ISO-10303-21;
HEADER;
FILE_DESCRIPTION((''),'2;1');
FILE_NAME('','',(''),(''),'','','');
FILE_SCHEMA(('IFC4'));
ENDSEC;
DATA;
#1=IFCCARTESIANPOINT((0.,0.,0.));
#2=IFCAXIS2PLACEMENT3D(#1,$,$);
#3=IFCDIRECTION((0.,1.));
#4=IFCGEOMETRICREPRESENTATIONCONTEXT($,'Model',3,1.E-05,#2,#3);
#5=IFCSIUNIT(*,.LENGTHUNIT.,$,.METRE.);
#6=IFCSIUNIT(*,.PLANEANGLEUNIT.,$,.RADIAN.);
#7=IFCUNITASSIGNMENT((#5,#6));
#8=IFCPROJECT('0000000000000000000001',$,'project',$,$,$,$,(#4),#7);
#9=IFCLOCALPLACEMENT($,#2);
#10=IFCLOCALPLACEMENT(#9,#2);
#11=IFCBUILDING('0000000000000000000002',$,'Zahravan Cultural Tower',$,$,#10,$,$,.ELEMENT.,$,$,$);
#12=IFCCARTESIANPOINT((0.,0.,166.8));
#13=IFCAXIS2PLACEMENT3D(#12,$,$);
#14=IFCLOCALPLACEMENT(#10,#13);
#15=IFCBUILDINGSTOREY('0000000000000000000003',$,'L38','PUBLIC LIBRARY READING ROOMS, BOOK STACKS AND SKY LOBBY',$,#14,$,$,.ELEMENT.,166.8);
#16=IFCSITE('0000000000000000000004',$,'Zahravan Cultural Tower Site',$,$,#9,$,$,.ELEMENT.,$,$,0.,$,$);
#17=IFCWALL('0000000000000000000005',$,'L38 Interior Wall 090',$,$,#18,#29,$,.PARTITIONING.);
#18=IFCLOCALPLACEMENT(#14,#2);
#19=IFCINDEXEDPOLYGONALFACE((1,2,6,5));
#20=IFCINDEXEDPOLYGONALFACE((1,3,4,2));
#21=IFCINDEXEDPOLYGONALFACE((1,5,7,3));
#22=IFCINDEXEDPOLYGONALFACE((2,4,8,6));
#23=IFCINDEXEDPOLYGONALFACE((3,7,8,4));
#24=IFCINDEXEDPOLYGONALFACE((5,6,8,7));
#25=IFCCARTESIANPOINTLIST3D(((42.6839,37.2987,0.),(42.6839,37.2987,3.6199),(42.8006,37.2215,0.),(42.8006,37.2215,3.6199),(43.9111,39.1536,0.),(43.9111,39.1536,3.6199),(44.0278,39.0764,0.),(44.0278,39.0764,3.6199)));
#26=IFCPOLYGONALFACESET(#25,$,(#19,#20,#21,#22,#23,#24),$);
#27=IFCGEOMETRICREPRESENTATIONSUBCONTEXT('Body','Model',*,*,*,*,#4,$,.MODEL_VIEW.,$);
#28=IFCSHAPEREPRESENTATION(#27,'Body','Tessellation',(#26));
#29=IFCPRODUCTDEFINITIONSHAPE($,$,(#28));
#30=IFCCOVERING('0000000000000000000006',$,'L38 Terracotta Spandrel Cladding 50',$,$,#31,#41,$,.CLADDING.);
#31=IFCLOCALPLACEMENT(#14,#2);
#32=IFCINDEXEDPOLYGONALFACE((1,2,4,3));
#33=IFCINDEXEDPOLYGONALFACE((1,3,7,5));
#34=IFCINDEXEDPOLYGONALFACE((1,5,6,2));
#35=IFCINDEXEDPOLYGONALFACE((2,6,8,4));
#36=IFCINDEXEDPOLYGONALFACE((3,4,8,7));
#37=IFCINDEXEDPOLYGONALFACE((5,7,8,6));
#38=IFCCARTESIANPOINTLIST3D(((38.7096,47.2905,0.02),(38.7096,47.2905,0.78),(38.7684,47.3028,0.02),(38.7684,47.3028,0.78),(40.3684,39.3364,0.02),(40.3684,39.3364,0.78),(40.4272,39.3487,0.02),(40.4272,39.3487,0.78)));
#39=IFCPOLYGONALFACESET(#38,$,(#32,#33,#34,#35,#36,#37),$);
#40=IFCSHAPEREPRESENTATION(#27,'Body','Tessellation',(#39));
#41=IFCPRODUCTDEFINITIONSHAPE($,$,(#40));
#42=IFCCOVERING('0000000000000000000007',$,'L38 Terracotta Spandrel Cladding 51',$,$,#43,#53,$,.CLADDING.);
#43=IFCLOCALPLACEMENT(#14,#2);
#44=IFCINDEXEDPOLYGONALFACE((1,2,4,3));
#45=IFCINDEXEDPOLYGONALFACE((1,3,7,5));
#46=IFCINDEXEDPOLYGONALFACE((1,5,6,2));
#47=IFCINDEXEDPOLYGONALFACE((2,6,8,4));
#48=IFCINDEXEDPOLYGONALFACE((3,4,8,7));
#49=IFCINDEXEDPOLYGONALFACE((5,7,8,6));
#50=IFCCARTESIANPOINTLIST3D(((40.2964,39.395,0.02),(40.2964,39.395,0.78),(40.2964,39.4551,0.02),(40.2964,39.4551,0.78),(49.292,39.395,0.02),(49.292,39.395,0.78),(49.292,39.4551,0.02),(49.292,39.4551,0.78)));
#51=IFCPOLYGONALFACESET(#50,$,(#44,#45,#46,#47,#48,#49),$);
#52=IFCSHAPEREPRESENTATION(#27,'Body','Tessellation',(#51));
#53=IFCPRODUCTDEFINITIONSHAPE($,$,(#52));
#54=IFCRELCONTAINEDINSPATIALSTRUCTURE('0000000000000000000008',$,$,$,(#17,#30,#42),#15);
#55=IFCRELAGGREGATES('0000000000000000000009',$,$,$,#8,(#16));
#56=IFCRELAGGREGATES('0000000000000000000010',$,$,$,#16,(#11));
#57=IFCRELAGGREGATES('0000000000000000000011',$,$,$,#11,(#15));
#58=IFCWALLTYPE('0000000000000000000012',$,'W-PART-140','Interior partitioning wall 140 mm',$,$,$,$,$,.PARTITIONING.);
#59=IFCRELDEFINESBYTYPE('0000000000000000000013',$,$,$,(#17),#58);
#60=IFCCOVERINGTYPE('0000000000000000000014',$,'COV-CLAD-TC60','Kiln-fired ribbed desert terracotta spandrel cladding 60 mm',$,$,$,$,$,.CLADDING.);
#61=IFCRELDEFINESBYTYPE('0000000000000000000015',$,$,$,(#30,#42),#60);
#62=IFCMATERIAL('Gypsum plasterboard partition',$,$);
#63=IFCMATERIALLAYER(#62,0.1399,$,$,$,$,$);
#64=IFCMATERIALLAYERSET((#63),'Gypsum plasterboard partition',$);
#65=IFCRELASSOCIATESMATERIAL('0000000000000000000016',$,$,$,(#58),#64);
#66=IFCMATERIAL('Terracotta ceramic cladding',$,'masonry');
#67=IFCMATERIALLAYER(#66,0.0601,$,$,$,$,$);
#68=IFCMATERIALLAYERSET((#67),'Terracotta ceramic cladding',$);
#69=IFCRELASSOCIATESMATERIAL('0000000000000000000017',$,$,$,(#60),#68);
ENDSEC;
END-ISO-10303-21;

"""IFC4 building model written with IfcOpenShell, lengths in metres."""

from ifc_helpers import new_model, si_unit, direction, frame, frame_2d, origin, origin_2d, place, context, subcontext, project, spatial, rectangle, extrude, source, transform, mapped, material, layer, layer_set, type_object, element, save


model = new_model("IFC4")

# Units and contexts
model_context = context("Model", 3, precision=1e-05, world=origin(), true_north=direction((0.0, 1.0)))
body_context = subcontext(model_context, "Body", "Model", "MODEL_VIEW")
ifc_project = project(units=[si_unit("LENGTHUNIT", "METRE"), si_unit("PLANEANGLEUNIT", "RADIAN")], contexts=[model_context])

# Site, building, storey
site_placement = place(None, origin())
site = spatial("IfcSite", under=ifc_project, at=site_placement, Name="Zahravan Cultural Tower Site", CompositionType="ELEMENT", RefElevation=0.0)
building_placement = place(site_placement, origin())
building = spatial("IfcBuilding", under=site, at=building_placement, Name="Zahravan Cultural Tower", CompositionType="ELEMENT")
storey_placement = place(building_placement, frame((0.0, 0.0, 166.8)))
storey = spatial("IfcBuildingStorey", under=building, at=storey_placement, Name="L38", Description="PUBLIC LIBRARY READING ROOMS, BOOK STACKS AND SKY LOBBY", CompositionType="ELEMENT", Elevation=166.8)

# Shared definitions
ifc_material_1 = material(Name="Gypsum plasterboard partition")
ifc_layer_1 = layer(ifc_material_1, 0.1399)
ifc_layer_set_1 = layer_set([ifc_layer_1], Name="Gypsum plasterboard partition")
wall_type_1 = type_object("IfcWallType", Name="W-PART-140", Description="Interior partitioning wall 140 mm", PredefinedType="PARTITIONING", material=ifc_layer_set_1)

# Wall
shared_shape_1 = source(origin(), body_context, "Body", "SweptSolid", [
    extrude(rectangle(XDim=2.2241, YDim=0.1399, at=frame_2d((1.1121, 0.0))), origin(), (0.0, 0.0, 1.0), 3.6199),
])
wall_1_placement = place(storey_placement, frame((43.9695, 39.115, 0.0), z_axis=(0.0, 0.0, 1.0), x_axis=(-0.551784, -0.833987, 0.0)))
element("IfcWall", 1, at=wall_1_placement, inside=storey, type_object=wall_type_1, Name="L38 Interior Wall 090", PredefinedType="PARTITIONING", context=body_context, shape_type="MappedRepresentation", body=[
    mapped(shared_shape_1, transform((0.0, 0.0, 0.0), x_axis=(1.0, 0.0, 0.0), y_axis=(0.0, 1.0, 0.0), z_axis=(0.0, 0.0, 1.0), scale=1.0)),
])

# Coverings
ifc_material_2 = material(Name="Terracotta ceramic cladding", Category="masonry")
ifc_layer_2 = layer(ifc_material_2, 0.0601)
ifc_layer_set_2 = layer_set([ifc_layer_2], Name="Terracotta ceramic cladding")
covering_type = type_object("IfcCoveringType", Name="COV-CLAD-TC60", Description="Kiln-fired ribbed desert terracotta spandrel cladding 60 mm", PredefinedType="CLADDING", material=ifc_layer_set_2)
shared_shape_2 = source(origin(), body_context, "Body", "SweptSolid", [
    extrude(rectangle(XDim=8.1252, YDim=0.0601, at=origin_2d()), origin(), (0.0, 0.0, 1.0), 0.76),
])
covering_1_placement = place(storey_placement, frame((39.5684, 43.3196, 0.02), z_axis=(0.0, 0.0, 1.0), x_axis=(0.204154, -0.978939, 0.0)))
element("IfcCovering", 2, at=covering_1_placement, inside=storey, type_object=covering_type, Name="L38 Terracotta Spandrel Cladding 50", PredefinedType="CLADDING", context=body_context, shape_type="MappedRepresentation", body=[
    mapped(shared_shape_2, transform((0.0, 0.0, 0.0), x_axis=(1.0, 0.0, 0.0), y_axis=(0.0, 1.0, 0.0), z_axis=(0.0, 0.0, 1.0), scale=1.0)),
])
shared_shape_3 = source(origin(), body_context, "Body", "SweptSolid", [
    extrude(rectangle(XDim=8.9956, YDim=0.0601, at=origin_2d()), origin(), (0.0, 0.0, 1.0), 0.76),
])
covering_2_placement = place(storey_placement, frame((44.7942, 39.425, 0.02), z_axis=(0.0, 0.0, 1.0), x_axis=(1.0, 0.0, 0.0)))
element("IfcCovering", 3, at=covering_2_placement, inside=storey, type_object=covering_type, Name="L38 Terracotta Spandrel Cladding 51", PredefinedType="CLADDING", context=body_context, shape_type="MappedRepresentation", body=[
    mapped(shared_shape_3, transform((0.0, 0.0, 0.0), x_axis=(1.0, 0.0, 0.0), y_axis=(0.0, 1.0, 0.0), z_axis=(0.0, 0.0, 1.0), scale=1.0)),
])

save(model, "model.ifc")
